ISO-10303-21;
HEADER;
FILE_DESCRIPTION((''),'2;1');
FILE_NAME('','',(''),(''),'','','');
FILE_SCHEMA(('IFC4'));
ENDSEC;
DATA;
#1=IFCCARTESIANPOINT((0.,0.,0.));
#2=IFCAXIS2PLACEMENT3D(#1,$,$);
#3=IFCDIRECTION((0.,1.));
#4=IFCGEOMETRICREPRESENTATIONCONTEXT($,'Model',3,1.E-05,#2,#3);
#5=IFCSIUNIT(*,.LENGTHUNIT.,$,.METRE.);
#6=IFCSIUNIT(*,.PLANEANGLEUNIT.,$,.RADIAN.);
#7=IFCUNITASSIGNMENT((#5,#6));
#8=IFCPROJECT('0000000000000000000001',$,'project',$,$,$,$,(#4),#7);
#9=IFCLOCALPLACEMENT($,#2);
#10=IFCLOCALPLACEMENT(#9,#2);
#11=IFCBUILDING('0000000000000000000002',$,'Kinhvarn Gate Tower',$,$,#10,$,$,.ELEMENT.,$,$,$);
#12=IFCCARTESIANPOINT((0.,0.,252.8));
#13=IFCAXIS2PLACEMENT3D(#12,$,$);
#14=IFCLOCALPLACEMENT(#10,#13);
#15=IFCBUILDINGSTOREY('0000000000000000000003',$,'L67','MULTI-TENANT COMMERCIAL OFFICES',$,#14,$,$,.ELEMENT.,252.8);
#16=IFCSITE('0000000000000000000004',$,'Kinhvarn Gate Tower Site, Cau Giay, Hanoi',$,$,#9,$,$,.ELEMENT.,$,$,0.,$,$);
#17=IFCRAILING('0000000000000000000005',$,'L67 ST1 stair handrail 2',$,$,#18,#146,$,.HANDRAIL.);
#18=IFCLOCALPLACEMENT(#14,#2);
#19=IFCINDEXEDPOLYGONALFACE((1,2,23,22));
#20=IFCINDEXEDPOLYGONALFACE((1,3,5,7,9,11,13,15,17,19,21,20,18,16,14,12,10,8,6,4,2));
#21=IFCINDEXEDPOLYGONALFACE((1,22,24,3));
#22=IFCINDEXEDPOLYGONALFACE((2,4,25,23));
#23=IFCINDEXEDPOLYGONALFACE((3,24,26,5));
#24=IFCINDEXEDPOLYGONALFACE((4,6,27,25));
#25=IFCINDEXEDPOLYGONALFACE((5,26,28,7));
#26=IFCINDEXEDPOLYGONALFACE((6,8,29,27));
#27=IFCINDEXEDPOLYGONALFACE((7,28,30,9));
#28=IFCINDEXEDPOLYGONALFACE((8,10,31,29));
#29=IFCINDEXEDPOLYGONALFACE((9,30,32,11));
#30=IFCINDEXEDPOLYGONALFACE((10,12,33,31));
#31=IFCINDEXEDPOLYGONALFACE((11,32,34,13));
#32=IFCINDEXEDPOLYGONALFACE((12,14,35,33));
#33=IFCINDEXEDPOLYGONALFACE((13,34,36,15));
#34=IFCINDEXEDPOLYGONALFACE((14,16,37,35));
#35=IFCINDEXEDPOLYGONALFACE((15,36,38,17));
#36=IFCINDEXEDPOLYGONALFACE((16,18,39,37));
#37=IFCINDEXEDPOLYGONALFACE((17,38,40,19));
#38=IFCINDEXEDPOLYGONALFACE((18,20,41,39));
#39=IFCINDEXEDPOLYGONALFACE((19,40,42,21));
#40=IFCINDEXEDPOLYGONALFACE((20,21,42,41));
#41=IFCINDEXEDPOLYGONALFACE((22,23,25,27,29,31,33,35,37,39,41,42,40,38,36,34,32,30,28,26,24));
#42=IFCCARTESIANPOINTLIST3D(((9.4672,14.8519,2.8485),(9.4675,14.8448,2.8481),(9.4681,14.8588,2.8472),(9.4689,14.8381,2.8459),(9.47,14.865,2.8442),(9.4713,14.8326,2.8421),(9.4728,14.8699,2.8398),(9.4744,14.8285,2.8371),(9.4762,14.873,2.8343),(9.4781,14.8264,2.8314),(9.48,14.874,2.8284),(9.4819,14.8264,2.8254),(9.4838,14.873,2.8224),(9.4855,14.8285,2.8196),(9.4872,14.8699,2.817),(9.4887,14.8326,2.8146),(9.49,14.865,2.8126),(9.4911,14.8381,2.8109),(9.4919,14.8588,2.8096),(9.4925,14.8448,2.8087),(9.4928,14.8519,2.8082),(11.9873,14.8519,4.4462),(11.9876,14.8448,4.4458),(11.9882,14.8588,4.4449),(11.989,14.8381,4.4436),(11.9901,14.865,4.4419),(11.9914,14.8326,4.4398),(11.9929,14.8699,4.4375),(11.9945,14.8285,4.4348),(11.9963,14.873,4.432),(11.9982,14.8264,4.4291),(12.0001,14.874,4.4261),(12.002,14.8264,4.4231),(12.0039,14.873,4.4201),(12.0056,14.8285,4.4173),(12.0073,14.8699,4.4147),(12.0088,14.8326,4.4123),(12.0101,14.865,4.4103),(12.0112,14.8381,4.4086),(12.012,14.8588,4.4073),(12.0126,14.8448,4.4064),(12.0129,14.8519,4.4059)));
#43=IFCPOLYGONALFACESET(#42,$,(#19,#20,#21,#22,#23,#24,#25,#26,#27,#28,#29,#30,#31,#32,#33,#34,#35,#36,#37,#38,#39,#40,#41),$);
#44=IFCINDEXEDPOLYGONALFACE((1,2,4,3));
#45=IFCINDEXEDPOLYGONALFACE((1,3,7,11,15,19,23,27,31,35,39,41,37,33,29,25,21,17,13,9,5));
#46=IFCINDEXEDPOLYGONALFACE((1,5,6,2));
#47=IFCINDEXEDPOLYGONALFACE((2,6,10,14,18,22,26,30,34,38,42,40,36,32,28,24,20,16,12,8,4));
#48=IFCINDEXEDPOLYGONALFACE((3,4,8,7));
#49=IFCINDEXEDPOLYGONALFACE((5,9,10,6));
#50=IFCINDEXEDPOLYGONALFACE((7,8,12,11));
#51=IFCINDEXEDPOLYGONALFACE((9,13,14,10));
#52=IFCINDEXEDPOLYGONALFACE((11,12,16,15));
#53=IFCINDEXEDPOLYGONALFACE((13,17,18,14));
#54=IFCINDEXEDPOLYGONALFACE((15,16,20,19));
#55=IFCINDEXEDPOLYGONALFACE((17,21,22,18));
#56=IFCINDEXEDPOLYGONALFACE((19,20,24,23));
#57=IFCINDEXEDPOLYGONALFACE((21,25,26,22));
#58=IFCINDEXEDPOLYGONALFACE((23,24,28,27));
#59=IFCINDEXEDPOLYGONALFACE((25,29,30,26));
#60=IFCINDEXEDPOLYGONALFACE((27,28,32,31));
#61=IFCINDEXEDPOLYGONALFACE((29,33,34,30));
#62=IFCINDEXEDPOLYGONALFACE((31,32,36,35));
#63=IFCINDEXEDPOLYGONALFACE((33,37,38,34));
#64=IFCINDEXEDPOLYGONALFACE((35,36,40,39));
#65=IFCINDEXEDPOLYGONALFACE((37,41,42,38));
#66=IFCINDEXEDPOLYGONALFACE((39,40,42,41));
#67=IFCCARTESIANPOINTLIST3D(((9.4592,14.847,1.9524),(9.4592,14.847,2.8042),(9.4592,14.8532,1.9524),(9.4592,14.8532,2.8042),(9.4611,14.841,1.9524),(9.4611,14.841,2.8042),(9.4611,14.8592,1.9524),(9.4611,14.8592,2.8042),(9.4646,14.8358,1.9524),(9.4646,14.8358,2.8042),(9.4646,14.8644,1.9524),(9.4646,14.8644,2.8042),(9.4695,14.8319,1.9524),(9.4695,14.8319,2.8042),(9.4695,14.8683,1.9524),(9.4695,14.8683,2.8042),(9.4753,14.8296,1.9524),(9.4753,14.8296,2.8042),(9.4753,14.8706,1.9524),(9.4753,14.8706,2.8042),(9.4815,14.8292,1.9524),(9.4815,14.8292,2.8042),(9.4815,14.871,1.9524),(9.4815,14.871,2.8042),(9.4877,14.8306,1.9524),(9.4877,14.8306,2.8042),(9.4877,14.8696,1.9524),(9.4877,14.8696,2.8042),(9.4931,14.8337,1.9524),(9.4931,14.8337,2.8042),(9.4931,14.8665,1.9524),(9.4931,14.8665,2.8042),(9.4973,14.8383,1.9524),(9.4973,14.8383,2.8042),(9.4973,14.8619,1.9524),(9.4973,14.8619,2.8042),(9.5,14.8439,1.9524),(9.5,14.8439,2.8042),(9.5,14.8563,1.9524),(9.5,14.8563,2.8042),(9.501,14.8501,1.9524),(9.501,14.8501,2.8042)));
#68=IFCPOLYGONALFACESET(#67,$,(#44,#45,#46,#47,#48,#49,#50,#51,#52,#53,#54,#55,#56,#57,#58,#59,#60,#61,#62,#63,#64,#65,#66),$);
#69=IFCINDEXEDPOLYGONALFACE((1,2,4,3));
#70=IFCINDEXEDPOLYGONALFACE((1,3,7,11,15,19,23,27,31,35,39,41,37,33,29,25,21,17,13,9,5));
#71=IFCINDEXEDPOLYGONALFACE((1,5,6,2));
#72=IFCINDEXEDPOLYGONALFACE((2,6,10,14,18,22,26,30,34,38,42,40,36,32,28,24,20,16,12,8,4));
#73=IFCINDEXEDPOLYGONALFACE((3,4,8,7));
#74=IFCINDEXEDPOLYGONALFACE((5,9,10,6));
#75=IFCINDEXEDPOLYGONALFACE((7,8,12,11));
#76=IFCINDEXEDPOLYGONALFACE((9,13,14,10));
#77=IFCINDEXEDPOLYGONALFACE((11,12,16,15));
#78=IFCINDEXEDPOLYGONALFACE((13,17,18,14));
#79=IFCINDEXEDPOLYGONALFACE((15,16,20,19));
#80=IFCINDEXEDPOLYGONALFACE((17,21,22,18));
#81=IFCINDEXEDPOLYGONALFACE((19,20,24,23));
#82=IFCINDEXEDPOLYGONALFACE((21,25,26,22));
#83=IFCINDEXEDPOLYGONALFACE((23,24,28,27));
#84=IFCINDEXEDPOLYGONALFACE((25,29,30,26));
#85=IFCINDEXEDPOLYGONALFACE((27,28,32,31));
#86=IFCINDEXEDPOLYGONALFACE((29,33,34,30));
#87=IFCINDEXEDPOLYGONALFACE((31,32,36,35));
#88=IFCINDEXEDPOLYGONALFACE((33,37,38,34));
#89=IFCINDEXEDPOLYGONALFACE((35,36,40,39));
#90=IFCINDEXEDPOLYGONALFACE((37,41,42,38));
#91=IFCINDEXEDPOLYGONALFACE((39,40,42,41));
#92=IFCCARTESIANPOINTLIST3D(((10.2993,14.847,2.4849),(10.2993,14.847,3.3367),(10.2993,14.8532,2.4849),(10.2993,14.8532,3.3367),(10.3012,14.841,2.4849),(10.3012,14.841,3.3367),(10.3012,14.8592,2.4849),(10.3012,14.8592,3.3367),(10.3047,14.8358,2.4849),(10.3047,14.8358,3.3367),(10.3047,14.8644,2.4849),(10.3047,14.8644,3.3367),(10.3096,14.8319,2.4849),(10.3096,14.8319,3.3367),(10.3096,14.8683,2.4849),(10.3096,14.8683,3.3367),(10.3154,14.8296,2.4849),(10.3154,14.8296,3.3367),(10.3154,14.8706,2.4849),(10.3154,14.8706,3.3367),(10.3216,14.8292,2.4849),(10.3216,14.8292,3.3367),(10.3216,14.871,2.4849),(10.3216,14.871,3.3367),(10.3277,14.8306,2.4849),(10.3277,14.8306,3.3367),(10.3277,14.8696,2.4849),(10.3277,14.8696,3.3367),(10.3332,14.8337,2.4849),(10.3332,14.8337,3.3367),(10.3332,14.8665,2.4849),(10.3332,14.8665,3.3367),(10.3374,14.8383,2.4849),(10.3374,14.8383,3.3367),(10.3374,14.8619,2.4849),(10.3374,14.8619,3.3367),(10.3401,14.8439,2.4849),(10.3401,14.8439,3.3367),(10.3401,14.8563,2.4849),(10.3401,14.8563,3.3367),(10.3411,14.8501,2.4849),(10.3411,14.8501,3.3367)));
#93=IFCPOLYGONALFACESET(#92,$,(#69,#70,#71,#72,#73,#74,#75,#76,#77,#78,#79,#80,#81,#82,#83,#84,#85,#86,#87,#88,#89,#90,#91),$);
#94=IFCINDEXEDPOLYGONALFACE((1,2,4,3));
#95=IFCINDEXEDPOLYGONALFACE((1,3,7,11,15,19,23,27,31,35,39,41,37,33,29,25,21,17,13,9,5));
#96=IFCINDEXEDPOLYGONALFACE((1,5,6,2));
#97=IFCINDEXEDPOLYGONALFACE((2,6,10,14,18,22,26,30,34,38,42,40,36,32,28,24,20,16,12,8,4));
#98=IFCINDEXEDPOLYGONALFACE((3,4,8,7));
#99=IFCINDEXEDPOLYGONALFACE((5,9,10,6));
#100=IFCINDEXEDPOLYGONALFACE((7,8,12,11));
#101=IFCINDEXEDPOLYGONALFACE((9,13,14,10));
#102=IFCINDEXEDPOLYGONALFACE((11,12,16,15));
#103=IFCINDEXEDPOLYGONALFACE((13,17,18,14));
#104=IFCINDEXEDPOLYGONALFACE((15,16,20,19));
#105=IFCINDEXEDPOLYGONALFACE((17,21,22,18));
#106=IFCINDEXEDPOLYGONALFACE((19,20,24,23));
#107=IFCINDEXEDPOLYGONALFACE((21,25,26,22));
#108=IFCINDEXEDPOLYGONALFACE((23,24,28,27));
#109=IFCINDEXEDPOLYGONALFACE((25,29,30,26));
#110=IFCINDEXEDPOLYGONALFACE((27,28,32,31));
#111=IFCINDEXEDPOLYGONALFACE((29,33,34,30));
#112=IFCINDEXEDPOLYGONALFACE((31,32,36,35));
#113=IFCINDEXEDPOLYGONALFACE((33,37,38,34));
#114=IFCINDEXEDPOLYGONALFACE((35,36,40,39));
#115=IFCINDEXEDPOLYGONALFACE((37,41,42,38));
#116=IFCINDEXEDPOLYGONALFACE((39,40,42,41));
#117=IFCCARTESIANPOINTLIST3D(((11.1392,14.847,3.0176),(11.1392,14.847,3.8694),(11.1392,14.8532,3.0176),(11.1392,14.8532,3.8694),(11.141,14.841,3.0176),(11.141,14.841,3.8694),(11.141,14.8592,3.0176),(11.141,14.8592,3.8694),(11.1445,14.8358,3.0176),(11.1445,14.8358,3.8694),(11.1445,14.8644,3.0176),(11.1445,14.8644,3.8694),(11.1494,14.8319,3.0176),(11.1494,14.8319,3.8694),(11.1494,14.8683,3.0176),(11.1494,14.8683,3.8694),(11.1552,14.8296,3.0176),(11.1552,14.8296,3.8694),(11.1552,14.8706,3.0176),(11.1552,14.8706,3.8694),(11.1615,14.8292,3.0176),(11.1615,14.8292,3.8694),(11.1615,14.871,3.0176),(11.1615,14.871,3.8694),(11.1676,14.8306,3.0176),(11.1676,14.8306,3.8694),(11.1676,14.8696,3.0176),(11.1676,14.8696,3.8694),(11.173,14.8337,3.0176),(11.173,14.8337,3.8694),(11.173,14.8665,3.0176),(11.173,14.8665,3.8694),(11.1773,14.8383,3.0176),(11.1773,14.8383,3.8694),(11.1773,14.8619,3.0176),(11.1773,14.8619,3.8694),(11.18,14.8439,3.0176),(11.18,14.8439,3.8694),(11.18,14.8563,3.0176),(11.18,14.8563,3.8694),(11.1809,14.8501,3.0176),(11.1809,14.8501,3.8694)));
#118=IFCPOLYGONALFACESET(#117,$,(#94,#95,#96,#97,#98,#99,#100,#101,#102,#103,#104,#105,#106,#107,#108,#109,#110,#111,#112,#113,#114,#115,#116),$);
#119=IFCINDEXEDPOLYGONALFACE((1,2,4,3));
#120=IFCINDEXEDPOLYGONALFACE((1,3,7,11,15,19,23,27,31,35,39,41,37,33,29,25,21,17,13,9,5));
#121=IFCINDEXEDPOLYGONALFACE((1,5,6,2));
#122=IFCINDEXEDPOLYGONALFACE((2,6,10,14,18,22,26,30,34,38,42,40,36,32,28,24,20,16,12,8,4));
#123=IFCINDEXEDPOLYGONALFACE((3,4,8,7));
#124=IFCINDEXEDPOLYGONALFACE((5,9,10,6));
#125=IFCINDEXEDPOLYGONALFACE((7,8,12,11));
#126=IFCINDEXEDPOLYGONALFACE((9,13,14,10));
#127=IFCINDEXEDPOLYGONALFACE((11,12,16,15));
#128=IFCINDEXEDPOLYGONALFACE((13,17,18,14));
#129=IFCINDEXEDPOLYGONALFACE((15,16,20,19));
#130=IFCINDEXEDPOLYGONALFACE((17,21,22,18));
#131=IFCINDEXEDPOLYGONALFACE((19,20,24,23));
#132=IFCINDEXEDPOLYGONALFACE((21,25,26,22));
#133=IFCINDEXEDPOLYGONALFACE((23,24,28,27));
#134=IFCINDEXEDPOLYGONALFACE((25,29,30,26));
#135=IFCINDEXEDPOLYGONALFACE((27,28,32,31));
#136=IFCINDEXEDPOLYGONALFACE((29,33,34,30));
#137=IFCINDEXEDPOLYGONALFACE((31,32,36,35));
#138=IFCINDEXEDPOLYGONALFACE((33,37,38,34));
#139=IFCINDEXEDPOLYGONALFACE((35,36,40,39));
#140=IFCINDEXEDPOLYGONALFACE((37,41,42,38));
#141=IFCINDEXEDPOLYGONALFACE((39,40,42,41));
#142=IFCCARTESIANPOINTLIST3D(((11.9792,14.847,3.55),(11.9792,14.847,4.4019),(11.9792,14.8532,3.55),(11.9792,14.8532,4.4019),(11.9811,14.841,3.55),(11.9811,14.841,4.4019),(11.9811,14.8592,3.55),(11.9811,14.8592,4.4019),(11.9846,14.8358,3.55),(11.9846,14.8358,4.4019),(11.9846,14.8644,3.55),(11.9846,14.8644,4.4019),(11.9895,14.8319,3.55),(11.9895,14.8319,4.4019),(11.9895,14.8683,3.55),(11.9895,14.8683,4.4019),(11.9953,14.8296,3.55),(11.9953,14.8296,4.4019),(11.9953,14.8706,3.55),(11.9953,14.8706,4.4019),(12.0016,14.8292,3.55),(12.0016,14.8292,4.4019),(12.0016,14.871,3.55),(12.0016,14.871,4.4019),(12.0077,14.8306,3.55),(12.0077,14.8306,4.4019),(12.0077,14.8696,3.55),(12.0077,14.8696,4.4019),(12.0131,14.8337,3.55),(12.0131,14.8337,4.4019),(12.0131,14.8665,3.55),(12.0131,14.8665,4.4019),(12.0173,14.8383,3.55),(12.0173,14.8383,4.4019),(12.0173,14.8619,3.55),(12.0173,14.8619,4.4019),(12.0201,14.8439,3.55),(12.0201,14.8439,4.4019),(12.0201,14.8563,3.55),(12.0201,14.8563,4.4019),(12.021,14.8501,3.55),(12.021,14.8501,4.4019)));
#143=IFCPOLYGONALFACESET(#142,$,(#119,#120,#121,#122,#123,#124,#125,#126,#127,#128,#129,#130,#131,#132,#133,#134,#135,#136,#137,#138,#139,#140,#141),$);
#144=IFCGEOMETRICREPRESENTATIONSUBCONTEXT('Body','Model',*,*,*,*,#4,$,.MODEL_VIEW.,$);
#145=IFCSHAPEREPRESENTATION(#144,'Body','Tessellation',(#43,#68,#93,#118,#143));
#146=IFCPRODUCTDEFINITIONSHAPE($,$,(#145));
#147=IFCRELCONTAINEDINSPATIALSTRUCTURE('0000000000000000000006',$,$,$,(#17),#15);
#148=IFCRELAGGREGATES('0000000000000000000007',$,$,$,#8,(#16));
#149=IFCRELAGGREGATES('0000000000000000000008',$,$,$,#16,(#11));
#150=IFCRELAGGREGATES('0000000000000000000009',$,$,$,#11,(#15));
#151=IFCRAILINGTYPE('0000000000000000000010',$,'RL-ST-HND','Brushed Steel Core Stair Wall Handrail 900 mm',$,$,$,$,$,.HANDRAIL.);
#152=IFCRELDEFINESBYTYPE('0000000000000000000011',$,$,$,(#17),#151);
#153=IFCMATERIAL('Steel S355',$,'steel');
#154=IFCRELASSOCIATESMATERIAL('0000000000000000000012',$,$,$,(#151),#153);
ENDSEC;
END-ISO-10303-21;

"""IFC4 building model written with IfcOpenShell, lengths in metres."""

from ifc_helpers import new_model, si_unit, direction, frame, origin, origin_2d, place, context, subcontext, project, spatial, circle, extrude, material, type_object, element, save


model = new_model("IFC4")

# Units and contexts
model_context = context("Model", 3, precision=1e-05, world=origin(), true_north=direction((0.0, 1.0)))
body_context = subcontext(model_context, "Body", "Model", "MODEL_VIEW")
ifc_project = project(units=[si_unit("LENGTHUNIT", "METRE"), si_unit("PLANEANGLEUNIT", "RADIAN")], contexts=[model_context])

# Site, building, storey
site_placement = place(None, origin())
site = spatial("IfcSite", under=ifc_project, at=site_placement, Name="Kinhvarn Gate Tower Site, Cau Giay, Hanoi", CompositionType="ELEMENT", RefElevation=0.0)
building_placement = place(site_placement, origin())
building = spatial("IfcBuilding", under=site, at=building_placement, Name="Kinhvarn Gate Tower", CompositionType="ELEMENT")
storey_placement = place(building_placement, frame((0.0, 0.0, 252.8)))
storey = spatial("IfcBuildingStorey", under=building, at=storey_placement, Name="L67", Description="MULTI-TENANT COMMERCIAL OFFICES", CompositionType="ELEMENT", Elevation=252.8)

# Shared definitions
ifc_material_1 = material(Name="Steel S355", Category="steel")

# Railing
railing_type_1 = type_object("IfcRailingType", Name="RL-ST-HND", Description="Brushed Steel Core Stair Wall Handrail 900 mm", PredefinedType="HANDRAIL", material=ifc_material_1)
railing_1_placement = place(storey_placement, frame((9.48, 14.8501, 1.9524)))
element("IfcRailing", 1, at=railing_1_placement, inside=storey, type_object=railing_type_1, Name="L67 ST1 stair handrail 2", PredefinedType="HANDRAIL", context=body_context, shape_type="SweptSolid", body=[
    extrude(circle(Radius=0.0239, at=origin_2d()), frame((0.0, 0.0, 0.876), z_axis=(0.84457, 0.0, 0.535445), x_axis=(0.0, 1.0, 0.0)), (0.0, 0.0, 1.0), 2.9839),
    extrude(circle(Radius=0.021, at=origin_2d()), origin(), (0.0, 0.0, 1.0), 0.8518),
    extrude(circle(Radius=0.021, at=origin_2d()), frame((0.8401, 0.0, 0.5325)), (0.0, 0.0, 1.0), 0.8518),
    extrude(circle(Radius=0.021, at=origin_2d()), frame((1.6799, 0.0, 1.0652)), (0.0, 0.0, 1.0), 0.8518),
    extrude(circle(Radius=0.021, at=origin_2d()), frame((2.52, 0.0, 1.5977)), (0.0, 0.0, 1.0), 0.8518),
])

save(model, "model.ifc")
